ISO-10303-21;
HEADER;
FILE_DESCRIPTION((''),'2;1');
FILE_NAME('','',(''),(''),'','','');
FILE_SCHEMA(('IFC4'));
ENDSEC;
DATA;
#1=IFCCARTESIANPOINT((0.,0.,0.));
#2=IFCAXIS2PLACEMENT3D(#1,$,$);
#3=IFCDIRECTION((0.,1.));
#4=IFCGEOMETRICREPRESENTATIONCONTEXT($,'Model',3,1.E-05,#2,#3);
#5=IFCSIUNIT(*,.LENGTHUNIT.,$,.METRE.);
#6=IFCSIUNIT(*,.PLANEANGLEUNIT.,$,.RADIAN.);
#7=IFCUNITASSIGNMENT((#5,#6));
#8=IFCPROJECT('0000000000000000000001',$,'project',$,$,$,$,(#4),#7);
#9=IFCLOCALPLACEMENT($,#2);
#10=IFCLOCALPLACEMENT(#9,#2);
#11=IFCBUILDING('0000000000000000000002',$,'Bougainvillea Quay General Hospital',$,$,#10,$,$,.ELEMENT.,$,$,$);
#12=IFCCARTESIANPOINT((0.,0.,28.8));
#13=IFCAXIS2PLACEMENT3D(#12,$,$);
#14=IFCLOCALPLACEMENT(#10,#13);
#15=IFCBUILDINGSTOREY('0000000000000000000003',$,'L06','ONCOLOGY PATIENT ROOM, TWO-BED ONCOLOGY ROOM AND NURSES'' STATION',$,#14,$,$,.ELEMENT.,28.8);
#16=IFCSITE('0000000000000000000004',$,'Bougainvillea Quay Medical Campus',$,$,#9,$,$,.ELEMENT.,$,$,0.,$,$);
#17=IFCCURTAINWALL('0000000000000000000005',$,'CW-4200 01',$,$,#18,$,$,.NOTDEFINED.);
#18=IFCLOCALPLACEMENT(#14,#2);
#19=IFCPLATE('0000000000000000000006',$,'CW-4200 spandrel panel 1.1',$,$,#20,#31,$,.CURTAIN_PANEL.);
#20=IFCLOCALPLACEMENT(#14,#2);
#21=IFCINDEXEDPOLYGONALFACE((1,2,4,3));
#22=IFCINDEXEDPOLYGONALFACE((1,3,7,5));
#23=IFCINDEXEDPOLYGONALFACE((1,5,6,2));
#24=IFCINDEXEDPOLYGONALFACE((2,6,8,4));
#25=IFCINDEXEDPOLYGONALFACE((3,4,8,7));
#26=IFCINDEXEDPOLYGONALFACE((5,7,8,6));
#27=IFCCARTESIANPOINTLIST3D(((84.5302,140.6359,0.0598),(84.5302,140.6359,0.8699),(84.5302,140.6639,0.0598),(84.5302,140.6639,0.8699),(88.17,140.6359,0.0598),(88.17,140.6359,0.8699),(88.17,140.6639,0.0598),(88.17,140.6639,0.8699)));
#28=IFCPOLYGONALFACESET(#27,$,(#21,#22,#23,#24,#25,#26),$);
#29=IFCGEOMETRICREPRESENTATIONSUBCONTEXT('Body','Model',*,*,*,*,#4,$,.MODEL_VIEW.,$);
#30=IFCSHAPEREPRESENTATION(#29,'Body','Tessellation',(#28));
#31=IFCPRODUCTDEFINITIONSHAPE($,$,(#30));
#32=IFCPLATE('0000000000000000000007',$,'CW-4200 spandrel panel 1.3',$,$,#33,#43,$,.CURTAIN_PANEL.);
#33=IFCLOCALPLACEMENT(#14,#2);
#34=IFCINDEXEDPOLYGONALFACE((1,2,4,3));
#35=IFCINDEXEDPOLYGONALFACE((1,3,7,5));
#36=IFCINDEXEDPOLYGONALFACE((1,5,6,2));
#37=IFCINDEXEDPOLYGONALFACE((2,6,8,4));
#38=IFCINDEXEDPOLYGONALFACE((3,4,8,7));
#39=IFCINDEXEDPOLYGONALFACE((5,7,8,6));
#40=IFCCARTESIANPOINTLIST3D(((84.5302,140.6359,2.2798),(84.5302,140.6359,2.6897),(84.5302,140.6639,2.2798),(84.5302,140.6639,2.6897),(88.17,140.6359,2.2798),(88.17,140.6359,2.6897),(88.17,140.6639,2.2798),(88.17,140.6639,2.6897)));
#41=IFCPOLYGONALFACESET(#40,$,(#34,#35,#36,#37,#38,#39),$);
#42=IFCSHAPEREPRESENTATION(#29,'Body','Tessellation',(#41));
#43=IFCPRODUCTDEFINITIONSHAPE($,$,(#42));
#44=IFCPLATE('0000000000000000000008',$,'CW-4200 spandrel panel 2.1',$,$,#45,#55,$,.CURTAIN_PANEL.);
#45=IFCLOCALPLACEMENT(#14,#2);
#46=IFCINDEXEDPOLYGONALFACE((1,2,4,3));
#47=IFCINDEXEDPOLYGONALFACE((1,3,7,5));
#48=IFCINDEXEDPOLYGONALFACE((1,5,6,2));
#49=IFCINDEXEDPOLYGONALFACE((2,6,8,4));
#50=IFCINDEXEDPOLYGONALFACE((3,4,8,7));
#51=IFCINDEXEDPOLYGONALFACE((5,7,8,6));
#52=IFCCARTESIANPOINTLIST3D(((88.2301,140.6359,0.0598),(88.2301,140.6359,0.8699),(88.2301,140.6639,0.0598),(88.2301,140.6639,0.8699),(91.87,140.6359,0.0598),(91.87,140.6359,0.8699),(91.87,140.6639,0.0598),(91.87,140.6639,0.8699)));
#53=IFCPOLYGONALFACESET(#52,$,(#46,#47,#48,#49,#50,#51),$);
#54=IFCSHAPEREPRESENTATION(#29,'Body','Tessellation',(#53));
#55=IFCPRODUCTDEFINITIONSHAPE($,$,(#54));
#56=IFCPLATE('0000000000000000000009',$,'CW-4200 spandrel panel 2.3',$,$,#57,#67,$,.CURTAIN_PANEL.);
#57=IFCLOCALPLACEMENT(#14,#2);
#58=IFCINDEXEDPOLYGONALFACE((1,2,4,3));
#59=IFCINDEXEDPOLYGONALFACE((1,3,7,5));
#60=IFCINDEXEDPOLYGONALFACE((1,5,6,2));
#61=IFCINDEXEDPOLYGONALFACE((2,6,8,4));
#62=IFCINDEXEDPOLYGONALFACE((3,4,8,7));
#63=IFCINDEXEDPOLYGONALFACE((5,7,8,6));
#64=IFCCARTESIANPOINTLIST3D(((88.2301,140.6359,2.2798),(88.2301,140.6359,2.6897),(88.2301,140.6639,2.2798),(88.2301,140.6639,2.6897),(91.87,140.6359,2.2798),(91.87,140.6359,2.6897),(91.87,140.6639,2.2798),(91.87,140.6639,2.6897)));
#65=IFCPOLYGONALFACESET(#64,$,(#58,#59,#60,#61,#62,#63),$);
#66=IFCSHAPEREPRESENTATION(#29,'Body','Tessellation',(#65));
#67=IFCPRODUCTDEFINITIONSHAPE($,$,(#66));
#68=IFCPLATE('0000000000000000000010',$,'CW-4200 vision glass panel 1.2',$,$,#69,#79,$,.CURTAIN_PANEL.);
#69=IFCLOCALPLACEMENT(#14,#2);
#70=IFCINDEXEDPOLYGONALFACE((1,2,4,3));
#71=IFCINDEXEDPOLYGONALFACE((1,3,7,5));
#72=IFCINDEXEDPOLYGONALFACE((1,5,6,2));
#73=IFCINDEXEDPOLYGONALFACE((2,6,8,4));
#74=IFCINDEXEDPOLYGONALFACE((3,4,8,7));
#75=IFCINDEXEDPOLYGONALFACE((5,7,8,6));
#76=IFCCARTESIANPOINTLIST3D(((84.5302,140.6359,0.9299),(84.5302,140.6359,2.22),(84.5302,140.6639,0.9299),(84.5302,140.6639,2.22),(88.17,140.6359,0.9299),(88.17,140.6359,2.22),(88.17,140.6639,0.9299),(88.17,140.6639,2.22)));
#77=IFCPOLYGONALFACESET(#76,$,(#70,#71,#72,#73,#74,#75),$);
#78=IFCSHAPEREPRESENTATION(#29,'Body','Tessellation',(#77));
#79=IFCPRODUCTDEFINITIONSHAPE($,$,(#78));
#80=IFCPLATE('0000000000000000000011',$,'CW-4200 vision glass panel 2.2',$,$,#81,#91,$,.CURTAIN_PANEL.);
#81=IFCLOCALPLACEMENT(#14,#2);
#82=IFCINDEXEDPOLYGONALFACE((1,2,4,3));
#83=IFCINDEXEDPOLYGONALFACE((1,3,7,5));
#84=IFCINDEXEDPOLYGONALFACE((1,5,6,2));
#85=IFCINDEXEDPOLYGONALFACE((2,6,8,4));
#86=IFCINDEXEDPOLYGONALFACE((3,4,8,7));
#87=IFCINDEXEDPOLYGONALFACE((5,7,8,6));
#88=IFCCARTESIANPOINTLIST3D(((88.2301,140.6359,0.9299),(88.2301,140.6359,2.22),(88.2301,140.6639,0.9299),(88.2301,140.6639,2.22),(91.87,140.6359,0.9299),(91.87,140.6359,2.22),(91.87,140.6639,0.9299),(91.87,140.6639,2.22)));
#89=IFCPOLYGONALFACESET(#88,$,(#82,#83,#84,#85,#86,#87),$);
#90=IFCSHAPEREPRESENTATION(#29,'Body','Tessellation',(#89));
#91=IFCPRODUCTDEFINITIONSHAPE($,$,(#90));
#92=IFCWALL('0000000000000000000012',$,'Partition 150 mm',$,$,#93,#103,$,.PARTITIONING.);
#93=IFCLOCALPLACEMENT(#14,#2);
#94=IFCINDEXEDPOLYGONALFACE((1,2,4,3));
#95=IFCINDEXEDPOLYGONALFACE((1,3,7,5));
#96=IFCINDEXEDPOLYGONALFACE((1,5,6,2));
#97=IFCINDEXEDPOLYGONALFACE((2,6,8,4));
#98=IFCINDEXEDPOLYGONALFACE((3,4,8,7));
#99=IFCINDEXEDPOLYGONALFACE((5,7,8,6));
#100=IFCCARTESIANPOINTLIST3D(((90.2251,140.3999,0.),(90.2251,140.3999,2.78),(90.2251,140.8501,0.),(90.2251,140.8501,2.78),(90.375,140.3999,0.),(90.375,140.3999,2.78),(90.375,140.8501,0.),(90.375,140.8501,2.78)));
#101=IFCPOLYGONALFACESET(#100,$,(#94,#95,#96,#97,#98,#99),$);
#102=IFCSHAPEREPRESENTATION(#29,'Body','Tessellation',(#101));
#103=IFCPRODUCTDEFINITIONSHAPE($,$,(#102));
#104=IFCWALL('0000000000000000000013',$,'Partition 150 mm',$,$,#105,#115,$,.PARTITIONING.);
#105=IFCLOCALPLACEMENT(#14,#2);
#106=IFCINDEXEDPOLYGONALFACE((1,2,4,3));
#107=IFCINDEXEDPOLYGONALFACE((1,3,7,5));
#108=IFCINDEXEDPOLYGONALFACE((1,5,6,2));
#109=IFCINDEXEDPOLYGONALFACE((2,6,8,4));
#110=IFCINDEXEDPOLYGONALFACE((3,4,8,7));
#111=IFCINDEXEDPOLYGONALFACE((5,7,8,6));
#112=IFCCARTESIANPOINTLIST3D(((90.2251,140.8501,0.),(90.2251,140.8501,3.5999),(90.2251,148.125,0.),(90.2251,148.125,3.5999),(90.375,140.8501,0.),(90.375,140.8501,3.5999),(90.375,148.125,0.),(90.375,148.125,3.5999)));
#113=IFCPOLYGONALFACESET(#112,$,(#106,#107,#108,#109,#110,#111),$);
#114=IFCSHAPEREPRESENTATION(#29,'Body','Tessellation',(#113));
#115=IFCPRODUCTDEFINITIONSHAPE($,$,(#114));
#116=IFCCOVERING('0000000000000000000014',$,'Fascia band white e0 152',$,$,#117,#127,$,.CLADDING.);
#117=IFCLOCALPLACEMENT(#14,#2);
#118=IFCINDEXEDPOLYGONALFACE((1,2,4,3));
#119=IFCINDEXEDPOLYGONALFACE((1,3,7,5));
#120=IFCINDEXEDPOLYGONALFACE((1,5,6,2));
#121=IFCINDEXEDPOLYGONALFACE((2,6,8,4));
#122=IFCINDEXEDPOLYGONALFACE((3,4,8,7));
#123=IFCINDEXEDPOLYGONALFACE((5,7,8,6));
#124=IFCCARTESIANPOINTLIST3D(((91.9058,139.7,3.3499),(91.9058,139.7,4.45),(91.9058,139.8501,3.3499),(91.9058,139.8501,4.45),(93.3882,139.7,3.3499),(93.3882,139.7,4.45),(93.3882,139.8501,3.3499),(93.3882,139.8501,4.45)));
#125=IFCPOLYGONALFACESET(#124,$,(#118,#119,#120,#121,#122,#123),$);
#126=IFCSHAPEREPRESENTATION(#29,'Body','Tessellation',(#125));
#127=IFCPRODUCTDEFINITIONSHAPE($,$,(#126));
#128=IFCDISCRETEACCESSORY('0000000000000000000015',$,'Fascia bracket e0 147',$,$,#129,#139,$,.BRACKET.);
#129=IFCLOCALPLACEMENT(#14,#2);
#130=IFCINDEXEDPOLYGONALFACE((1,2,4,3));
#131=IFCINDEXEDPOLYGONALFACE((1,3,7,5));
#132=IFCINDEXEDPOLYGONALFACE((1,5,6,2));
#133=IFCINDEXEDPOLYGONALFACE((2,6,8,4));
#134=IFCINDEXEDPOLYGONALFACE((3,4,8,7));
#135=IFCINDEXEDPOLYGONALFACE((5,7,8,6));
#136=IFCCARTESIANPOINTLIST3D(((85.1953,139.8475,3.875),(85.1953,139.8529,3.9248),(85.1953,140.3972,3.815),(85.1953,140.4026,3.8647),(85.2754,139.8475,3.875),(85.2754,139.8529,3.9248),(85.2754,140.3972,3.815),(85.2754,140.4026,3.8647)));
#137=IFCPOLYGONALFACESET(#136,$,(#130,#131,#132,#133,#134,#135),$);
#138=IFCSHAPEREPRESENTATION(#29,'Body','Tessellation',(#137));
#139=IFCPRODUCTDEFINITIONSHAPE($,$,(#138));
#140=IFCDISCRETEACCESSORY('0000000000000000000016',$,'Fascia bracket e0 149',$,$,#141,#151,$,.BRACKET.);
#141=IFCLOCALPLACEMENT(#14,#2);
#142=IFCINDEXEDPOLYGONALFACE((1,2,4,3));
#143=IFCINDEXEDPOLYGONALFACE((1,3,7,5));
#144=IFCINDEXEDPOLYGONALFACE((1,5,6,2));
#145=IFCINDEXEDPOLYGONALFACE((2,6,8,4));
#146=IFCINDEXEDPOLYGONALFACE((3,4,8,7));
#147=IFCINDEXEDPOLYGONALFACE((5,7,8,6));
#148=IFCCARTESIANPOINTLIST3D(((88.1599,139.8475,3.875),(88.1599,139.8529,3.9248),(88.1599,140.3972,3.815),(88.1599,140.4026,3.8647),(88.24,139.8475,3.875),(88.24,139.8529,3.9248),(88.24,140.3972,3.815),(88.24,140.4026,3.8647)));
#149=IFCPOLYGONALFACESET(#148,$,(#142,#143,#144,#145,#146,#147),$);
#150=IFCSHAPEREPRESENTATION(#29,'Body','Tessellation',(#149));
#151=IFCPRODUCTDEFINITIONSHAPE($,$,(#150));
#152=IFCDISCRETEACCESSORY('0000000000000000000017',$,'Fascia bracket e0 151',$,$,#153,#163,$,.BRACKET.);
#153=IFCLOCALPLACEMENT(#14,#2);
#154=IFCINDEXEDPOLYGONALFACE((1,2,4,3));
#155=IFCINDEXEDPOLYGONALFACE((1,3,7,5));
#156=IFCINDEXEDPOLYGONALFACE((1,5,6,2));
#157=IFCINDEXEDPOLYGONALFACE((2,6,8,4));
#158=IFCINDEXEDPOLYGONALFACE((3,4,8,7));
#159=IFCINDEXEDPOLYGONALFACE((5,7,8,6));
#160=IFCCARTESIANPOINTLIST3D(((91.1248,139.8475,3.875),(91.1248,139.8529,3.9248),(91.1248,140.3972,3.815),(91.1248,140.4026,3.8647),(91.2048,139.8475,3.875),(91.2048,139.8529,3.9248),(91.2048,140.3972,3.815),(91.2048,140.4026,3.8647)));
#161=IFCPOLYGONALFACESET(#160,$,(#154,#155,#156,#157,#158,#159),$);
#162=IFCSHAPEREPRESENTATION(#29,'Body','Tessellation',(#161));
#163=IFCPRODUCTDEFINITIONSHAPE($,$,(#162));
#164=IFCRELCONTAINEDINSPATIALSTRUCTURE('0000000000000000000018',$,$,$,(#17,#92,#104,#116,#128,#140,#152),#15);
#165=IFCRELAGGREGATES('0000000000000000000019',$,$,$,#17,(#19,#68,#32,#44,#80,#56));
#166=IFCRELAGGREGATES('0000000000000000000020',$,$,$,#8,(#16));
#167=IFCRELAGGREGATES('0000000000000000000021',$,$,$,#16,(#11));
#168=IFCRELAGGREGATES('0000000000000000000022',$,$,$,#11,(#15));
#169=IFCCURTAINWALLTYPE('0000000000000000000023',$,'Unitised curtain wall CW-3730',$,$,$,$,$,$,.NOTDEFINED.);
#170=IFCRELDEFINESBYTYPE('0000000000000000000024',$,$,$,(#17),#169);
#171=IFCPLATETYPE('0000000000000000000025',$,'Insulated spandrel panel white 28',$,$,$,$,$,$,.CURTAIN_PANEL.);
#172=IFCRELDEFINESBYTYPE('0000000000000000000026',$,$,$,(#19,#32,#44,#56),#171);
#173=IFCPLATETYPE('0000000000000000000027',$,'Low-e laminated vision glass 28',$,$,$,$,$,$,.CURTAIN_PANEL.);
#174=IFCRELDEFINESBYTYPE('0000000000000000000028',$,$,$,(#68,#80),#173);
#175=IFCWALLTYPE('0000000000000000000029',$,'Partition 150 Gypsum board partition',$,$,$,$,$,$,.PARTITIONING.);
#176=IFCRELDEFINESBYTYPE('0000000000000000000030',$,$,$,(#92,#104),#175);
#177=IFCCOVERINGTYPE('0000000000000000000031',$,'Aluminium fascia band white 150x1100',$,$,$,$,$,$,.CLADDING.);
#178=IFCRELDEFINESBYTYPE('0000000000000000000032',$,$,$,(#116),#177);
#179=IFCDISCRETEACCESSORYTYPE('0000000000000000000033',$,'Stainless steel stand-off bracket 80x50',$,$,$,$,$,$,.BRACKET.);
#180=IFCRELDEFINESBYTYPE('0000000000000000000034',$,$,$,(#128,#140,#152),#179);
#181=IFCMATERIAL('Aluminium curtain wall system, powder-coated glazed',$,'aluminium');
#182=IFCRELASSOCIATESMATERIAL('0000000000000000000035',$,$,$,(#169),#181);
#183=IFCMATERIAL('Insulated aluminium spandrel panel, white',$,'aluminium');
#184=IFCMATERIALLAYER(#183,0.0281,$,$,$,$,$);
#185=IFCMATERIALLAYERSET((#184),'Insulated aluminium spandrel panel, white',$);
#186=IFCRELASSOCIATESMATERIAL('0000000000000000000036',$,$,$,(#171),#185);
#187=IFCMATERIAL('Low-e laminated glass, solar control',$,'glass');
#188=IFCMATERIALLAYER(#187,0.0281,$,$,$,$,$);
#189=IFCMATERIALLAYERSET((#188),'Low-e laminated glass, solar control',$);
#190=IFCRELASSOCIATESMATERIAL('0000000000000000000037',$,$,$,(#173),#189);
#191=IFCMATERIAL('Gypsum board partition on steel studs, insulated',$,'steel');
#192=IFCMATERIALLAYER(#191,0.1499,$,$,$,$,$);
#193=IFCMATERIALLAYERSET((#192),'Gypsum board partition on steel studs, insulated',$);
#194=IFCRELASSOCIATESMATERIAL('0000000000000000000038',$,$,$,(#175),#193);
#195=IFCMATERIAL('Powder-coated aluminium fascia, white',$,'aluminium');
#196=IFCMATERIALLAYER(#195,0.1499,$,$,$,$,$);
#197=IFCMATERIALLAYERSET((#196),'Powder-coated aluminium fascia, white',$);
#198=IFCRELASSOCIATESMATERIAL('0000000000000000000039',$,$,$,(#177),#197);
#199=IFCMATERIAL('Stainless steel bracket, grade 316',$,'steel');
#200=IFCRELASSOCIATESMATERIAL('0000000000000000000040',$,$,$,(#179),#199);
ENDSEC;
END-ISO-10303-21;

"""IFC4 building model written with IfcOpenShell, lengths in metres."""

from ifc_helpers import new_model, si_unit, direction, frame, frame_2d, origin, origin_2d, place, context, subcontext, project, spatial, polyline, rectangle, outline, extrude, material, layer, layer_set, material_profile, profile_set, type_object, element, aggregate, save


model = new_model("IFC4")

# Units and contexts
model_context = context("Model", 3, precision=1e-05, world=origin(), true_north=direction((0.0, 1.0)))
body_context = subcontext(model_context, "Body", "Model", "MODEL_VIEW")
ifc_project = project(units=[si_unit("LENGTHUNIT", "METRE"), si_unit("PLANEANGLEUNIT", "RADIAN")], contexts=[model_context])

# Site, building, storey
site_placement = place(None, origin())
site = spatial("IfcSite", under=ifc_project, at=site_placement, Name="Bougainvillea Quay Medical Campus", CompositionType="ELEMENT", RefElevation=0.0)
building_placement = place(site_placement, origin())
building = spatial("IfcBuilding", under=site, at=building_placement, Name="Bougainvillea Quay General Hospital", CompositionType="ELEMENT")
storey_placement = place(building_placement, frame((0.0, 0.0, 28.8)))
storey = spatial("IfcBuildingStorey", under=building, at=storey_placement, Name="L06", Description="ONCOLOGY PATIENT ROOM, TWO-BED ONCOLOGY ROOM AND NURSES' STATION", CompositionType="ELEMENT", Elevation=28.8)

# Curtain wall
ifc_material_1 = material(Name="Aluminium curtain wall system, powder-coated glazed", Category="aluminium")
curtain_wall_type = type_object("IfcCurtainWallType", Name="Unitised curtain wall CW-3730", PredefinedType="NOTDEFINED", material=ifc_material_1)
curtain_wall_1_placement = place(storey_placement, origin())
curtain_wall_1 = element("IfcCurtainWall", 1, at=curtain_wall_1_placement, inside=storey, type_object=curtain_wall_type, Name="CW-4200 01", PredefinedType="NOTDEFINED")

# Plates
ifc_material_2 = material(Name="Insulated aluminium spandrel panel, white", Category="aluminium")
ifc_layer_1 = layer(ifc_material_2, 0.0281)
ifc_layer_set_1 = layer_set([ifc_layer_1], Name="Insulated aluminium spandrel panel, white")
plate_type_1 = type_object("IfcPlateType", Name="Insulated spandrel panel white 28", PredefinedType="CURTAIN_PANEL", material=ifc_layer_set_1)
plate_1_placement = place(storey_placement, frame((86.3501, 140.6499, 0.0598), z_axis=(0.0, 0.0, 1.0), x_axis=(1.0, 0.0, 0.0)))
plate_1 = element("IfcPlate", 2, at=plate_1_placement, type_object=plate_type_1, Name="CW-4200 spandrel panel 1.1", PredefinedType="CURTAIN_PANEL", context=body_context, shape_type="SweptSolid", body=[
    extrude(rectangle(XDim=3.6399, YDim=0.0281, at=origin_2d()), origin(), (0.0, 0.0, 1.0), 0.8101),
])
plate_2_placement = place(storey_placement, frame((86.3501, 140.6499, 2.2798), z_axis=(0.0, 0.0, 1.0), x_axis=(1.0, 0.0, 0.0)))
plate_2 = element("IfcPlate", 3, at=plate_2_placement, type_object=plate_type_1, Name="CW-4200 spandrel panel 1.3", PredefinedType="CURTAIN_PANEL", context=body_context, shape_type="SweptSolid", body=[
    extrude(rectangle(XDim=3.6399, YDim=0.0281, at=origin_2d()), origin(), (0.0, 0.0, 1.0), 0.4099),
])
plate_3_placement = place(storey_placement, frame((90.05, 140.6499, 0.0598), z_axis=(0.0, 0.0, 1.0), x_axis=(1.0, 0.0, 0.0)))
plate_3 = element("IfcPlate", 4, at=plate_3_placement, type_object=plate_type_1, Name="CW-4200 spandrel panel 2.1", PredefinedType="CURTAIN_PANEL", context=body_context, shape_type="SweptSolid", body=[
    extrude(rectangle(XDim=3.6399, YDim=0.0281, at=origin_2d()), origin(), (0.0, 0.0, 1.0), 0.8101),
])
plate_4_placement = place(storey_placement, frame((90.05, 140.6499, 2.2798), z_axis=(0.0, 0.0, 1.0), x_axis=(1.0, 0.0, 0.0)))
plate_4 = element("IfcPlate", 5, at=plate_4_placement, type_object=plate_type_1, Name="CW-4200 spandrel panel 2.3", PredefinedType="CURTAIN_PANEL", context=body_context, shape_type="SweptSolid", body=[
    extrude(rectangle(XDim=3.6399, YDim=0.0281, at=origin_2d()), origin(), (0.0, 0.0, 1.0), 0.4099),
])
ifc_material_3 = material(Name="Low-e laminated glass, solar control", Category="glass")
ifc_layer_2 = layer(ifc_material_3, 0.0281)
ifc_layer_set_2 = layer_set([ifc_layer_2], Name="Low-e laminated glass, solar control")
plate_type_2 = type_object("IfcPlateType", Name="Low-e laminated vision glass 28", PredefinedType="CURTAIN_PANEL", material=ifc_layer_set_2)
plate_5_placement = place(storey_placement, frame((86.3501, 140.6499, 0.9299), z_axis=(0.0, 0.0, 1.0), x_axis=(1.0, 0.0, 0.0)))
plate_5 = element("IfcPlate", 6, at=plate_5_placement, type_object=plate_type_2, Name="CW-4200 vision glass panel 1.2", PredefinedType="CURTAIN_PANEL", context=body_context, shape_type="SweptSolid", body=[
    extrude(rectangle(XDim=3.6399, YDim=0.0281, at=origin_2d()), origin(), (0.0, 0.0, 1.0), 1.29),
])
plate_6_placement = place(storey_placement, frame((90.05, 140.6499, 0.9299), z_axis=(0.0, 0.0, 1.0), x_axis=(1.0, 0.0, 0.0)))
plate_6 = element("IfcPlate", 7, at=plate_6_placement, type_object=plate_type_2, Name="CW-4200 vision glass panel 2.2", PredefinedType="CURTAIN_PANEL", context=body_context, shape_type="SweptSolid", body=[
    extrude(rectangle(XDim=3.6399, YDim=0.0281, at=origin_2d()), origin(), (0.0, 0.0, 1.0), 1.29),
])
aggregate(curtain_wall_1, [plate_1, plate_5, plate_2, plate_3, plate_6, plate_4])

# Walls
ifc_material_4 = material(Name="Gypsum board partition on steel studs, insulated", Category="steel")
ifc_layer_3 = layer(ifc_material_4, 0.1499)
ifc_layer_set_3 = layer_set([ifc_layer_3], Name="Gypsum board partition on steel studs, insulated")
wall_type = type_object("IfcWallType", Name="Partition 150 Gypsum board partition", PredefinedType="PARTITIONING", material=ifc_layer_set_3)
wall_1_placement = place(storey_placement, frame((90.3, 140.3999, 0.0), z_axis=(0.0, 0.0, 1.0), x_axis=(0.0, 1.0, 0.0)))
element("IfcWall", 8, at=wall_1_placement, inside=storey, type_object=wall_type, Name="Partition 150 mm", PredefinedType="PARTITIONING", context=body_context, shape_type="SweptSolid", body=[
    extrude(rectangle(XDim=0.4502, YDim=0.1499, at=frame_2d((0.2251, 0.0))), origin(), (0.0, 0.0, 1.0), 2.78),
])
wall_2_placement = place(storey_placement, frame((90.3, 140.8501, 0.0), z_axis=(0.0, 0.0, 1.0), x_axis=(0.0, 1.0, 0.0)))
element("IfcWall", 9, at=wall_2_placement, inside=storey, type_object=wall_type, Name="Partition 150 mm", PredefinedType="PARTITIONING", context=body_context, shape_type="SweptSolid", body=[
    extrude(rectangle(XDim=7.2749, YDim=0.1499, at=frame_2d((3.6375, 0.0))), origin(), (0.0, 0.0, 1.0), 3.5999),
])

# Covering
ifc_material_5 = material(Name="Powder-coated aluminium fascia, white", Category="aluminium")
ifc_layer_4 = layer(ifc_material_5, 0.1499)
ifc_layer_set_4 = layer_set([ifc_layer_4], Name="Powder-coated aluminium fascia, white")
covering_type = type_object("IfcCoveringType", Name="Aluminium fascia band white 150x1100", PredefinedType="CLADDING", material=ifc_layer_set_4)
covering_placement = place(storey_placement, frame((91.9058, 139.8501, 3.3499), z_axis=(0.0, 0.0, 1.0), x_axis=(1.0, 0.0, 0.0)))
element("IfcCovering", 10, at=covering_placement, inside=storey, type_object=covering_type, Name="Fascia band white e0 152", PredefinedType="CLADDING", context=body_context, shape_type="SweptSolid", body=[
    extrude(outline(polyline([(0.0, 0.0), (1.4824, 0.0), (1.4824, -0.1501), (0.0, -0.1501), (0.0, 0.0)])), origin(), (0.0, 0.0, 1.0), 1.1001),
])

# Discrete accessories
ifc_material_6 = material(Name="Stainless steel bracket, grade 316", Category="steel")
ifc_material_profile_1 = material_profile(ifc_material_6, rectangle(XDim=0.0801, YDim=0.05, at=origin_2d()))
ifc_profile_set_1 = profile_set([ifc_material_profile_1], Name="Stainless steel bracket, grade 316")
discrete_accessory_type = type_object("IfcDiscreteAccessoryType", Name="Stainless steel stand-off bracket 80x50", PredefinedType="BRACKET", material=ifc_profile_set_1)
for number, where, z_axis, x_axis, name in (
    (11, (85.2354, 140.3999, 3.8398), (0.0, -0.994087, 0.10859), (1.0, 0.0, 0.0), "Fascia bracket e0 147"),
    (12, (88.2, 140.3999, 3.8398), (0.0, -0.994087, 0.10859), (1.0, 0.0, 0.0), "Fascia bracket e0 149"),
    (13, (91.1648, 140.3999, 3.8398), (0.0, -0.994087, 0.10859), (1.0, 0.0, 0.0), "Fascia bracket e0 151"),
):
    element("IfcDiscreteAccessory", number, at=place(storey_placement, frame(where, z_axis=z_axis, x_axis=x_axis)), inside=storey, type_object=discrete_accessory_type, Name=name, PredefinedType="BRACKET", context=body_context, shape_type="SweptSolid", body=[
        extrude(rectangle(XDim=0.0801, YDim=0.05, at=origin_2d()), origin(), (0.0, 0.0, 1.0), 0.553),
    ])

save(model, "model.ifc")
